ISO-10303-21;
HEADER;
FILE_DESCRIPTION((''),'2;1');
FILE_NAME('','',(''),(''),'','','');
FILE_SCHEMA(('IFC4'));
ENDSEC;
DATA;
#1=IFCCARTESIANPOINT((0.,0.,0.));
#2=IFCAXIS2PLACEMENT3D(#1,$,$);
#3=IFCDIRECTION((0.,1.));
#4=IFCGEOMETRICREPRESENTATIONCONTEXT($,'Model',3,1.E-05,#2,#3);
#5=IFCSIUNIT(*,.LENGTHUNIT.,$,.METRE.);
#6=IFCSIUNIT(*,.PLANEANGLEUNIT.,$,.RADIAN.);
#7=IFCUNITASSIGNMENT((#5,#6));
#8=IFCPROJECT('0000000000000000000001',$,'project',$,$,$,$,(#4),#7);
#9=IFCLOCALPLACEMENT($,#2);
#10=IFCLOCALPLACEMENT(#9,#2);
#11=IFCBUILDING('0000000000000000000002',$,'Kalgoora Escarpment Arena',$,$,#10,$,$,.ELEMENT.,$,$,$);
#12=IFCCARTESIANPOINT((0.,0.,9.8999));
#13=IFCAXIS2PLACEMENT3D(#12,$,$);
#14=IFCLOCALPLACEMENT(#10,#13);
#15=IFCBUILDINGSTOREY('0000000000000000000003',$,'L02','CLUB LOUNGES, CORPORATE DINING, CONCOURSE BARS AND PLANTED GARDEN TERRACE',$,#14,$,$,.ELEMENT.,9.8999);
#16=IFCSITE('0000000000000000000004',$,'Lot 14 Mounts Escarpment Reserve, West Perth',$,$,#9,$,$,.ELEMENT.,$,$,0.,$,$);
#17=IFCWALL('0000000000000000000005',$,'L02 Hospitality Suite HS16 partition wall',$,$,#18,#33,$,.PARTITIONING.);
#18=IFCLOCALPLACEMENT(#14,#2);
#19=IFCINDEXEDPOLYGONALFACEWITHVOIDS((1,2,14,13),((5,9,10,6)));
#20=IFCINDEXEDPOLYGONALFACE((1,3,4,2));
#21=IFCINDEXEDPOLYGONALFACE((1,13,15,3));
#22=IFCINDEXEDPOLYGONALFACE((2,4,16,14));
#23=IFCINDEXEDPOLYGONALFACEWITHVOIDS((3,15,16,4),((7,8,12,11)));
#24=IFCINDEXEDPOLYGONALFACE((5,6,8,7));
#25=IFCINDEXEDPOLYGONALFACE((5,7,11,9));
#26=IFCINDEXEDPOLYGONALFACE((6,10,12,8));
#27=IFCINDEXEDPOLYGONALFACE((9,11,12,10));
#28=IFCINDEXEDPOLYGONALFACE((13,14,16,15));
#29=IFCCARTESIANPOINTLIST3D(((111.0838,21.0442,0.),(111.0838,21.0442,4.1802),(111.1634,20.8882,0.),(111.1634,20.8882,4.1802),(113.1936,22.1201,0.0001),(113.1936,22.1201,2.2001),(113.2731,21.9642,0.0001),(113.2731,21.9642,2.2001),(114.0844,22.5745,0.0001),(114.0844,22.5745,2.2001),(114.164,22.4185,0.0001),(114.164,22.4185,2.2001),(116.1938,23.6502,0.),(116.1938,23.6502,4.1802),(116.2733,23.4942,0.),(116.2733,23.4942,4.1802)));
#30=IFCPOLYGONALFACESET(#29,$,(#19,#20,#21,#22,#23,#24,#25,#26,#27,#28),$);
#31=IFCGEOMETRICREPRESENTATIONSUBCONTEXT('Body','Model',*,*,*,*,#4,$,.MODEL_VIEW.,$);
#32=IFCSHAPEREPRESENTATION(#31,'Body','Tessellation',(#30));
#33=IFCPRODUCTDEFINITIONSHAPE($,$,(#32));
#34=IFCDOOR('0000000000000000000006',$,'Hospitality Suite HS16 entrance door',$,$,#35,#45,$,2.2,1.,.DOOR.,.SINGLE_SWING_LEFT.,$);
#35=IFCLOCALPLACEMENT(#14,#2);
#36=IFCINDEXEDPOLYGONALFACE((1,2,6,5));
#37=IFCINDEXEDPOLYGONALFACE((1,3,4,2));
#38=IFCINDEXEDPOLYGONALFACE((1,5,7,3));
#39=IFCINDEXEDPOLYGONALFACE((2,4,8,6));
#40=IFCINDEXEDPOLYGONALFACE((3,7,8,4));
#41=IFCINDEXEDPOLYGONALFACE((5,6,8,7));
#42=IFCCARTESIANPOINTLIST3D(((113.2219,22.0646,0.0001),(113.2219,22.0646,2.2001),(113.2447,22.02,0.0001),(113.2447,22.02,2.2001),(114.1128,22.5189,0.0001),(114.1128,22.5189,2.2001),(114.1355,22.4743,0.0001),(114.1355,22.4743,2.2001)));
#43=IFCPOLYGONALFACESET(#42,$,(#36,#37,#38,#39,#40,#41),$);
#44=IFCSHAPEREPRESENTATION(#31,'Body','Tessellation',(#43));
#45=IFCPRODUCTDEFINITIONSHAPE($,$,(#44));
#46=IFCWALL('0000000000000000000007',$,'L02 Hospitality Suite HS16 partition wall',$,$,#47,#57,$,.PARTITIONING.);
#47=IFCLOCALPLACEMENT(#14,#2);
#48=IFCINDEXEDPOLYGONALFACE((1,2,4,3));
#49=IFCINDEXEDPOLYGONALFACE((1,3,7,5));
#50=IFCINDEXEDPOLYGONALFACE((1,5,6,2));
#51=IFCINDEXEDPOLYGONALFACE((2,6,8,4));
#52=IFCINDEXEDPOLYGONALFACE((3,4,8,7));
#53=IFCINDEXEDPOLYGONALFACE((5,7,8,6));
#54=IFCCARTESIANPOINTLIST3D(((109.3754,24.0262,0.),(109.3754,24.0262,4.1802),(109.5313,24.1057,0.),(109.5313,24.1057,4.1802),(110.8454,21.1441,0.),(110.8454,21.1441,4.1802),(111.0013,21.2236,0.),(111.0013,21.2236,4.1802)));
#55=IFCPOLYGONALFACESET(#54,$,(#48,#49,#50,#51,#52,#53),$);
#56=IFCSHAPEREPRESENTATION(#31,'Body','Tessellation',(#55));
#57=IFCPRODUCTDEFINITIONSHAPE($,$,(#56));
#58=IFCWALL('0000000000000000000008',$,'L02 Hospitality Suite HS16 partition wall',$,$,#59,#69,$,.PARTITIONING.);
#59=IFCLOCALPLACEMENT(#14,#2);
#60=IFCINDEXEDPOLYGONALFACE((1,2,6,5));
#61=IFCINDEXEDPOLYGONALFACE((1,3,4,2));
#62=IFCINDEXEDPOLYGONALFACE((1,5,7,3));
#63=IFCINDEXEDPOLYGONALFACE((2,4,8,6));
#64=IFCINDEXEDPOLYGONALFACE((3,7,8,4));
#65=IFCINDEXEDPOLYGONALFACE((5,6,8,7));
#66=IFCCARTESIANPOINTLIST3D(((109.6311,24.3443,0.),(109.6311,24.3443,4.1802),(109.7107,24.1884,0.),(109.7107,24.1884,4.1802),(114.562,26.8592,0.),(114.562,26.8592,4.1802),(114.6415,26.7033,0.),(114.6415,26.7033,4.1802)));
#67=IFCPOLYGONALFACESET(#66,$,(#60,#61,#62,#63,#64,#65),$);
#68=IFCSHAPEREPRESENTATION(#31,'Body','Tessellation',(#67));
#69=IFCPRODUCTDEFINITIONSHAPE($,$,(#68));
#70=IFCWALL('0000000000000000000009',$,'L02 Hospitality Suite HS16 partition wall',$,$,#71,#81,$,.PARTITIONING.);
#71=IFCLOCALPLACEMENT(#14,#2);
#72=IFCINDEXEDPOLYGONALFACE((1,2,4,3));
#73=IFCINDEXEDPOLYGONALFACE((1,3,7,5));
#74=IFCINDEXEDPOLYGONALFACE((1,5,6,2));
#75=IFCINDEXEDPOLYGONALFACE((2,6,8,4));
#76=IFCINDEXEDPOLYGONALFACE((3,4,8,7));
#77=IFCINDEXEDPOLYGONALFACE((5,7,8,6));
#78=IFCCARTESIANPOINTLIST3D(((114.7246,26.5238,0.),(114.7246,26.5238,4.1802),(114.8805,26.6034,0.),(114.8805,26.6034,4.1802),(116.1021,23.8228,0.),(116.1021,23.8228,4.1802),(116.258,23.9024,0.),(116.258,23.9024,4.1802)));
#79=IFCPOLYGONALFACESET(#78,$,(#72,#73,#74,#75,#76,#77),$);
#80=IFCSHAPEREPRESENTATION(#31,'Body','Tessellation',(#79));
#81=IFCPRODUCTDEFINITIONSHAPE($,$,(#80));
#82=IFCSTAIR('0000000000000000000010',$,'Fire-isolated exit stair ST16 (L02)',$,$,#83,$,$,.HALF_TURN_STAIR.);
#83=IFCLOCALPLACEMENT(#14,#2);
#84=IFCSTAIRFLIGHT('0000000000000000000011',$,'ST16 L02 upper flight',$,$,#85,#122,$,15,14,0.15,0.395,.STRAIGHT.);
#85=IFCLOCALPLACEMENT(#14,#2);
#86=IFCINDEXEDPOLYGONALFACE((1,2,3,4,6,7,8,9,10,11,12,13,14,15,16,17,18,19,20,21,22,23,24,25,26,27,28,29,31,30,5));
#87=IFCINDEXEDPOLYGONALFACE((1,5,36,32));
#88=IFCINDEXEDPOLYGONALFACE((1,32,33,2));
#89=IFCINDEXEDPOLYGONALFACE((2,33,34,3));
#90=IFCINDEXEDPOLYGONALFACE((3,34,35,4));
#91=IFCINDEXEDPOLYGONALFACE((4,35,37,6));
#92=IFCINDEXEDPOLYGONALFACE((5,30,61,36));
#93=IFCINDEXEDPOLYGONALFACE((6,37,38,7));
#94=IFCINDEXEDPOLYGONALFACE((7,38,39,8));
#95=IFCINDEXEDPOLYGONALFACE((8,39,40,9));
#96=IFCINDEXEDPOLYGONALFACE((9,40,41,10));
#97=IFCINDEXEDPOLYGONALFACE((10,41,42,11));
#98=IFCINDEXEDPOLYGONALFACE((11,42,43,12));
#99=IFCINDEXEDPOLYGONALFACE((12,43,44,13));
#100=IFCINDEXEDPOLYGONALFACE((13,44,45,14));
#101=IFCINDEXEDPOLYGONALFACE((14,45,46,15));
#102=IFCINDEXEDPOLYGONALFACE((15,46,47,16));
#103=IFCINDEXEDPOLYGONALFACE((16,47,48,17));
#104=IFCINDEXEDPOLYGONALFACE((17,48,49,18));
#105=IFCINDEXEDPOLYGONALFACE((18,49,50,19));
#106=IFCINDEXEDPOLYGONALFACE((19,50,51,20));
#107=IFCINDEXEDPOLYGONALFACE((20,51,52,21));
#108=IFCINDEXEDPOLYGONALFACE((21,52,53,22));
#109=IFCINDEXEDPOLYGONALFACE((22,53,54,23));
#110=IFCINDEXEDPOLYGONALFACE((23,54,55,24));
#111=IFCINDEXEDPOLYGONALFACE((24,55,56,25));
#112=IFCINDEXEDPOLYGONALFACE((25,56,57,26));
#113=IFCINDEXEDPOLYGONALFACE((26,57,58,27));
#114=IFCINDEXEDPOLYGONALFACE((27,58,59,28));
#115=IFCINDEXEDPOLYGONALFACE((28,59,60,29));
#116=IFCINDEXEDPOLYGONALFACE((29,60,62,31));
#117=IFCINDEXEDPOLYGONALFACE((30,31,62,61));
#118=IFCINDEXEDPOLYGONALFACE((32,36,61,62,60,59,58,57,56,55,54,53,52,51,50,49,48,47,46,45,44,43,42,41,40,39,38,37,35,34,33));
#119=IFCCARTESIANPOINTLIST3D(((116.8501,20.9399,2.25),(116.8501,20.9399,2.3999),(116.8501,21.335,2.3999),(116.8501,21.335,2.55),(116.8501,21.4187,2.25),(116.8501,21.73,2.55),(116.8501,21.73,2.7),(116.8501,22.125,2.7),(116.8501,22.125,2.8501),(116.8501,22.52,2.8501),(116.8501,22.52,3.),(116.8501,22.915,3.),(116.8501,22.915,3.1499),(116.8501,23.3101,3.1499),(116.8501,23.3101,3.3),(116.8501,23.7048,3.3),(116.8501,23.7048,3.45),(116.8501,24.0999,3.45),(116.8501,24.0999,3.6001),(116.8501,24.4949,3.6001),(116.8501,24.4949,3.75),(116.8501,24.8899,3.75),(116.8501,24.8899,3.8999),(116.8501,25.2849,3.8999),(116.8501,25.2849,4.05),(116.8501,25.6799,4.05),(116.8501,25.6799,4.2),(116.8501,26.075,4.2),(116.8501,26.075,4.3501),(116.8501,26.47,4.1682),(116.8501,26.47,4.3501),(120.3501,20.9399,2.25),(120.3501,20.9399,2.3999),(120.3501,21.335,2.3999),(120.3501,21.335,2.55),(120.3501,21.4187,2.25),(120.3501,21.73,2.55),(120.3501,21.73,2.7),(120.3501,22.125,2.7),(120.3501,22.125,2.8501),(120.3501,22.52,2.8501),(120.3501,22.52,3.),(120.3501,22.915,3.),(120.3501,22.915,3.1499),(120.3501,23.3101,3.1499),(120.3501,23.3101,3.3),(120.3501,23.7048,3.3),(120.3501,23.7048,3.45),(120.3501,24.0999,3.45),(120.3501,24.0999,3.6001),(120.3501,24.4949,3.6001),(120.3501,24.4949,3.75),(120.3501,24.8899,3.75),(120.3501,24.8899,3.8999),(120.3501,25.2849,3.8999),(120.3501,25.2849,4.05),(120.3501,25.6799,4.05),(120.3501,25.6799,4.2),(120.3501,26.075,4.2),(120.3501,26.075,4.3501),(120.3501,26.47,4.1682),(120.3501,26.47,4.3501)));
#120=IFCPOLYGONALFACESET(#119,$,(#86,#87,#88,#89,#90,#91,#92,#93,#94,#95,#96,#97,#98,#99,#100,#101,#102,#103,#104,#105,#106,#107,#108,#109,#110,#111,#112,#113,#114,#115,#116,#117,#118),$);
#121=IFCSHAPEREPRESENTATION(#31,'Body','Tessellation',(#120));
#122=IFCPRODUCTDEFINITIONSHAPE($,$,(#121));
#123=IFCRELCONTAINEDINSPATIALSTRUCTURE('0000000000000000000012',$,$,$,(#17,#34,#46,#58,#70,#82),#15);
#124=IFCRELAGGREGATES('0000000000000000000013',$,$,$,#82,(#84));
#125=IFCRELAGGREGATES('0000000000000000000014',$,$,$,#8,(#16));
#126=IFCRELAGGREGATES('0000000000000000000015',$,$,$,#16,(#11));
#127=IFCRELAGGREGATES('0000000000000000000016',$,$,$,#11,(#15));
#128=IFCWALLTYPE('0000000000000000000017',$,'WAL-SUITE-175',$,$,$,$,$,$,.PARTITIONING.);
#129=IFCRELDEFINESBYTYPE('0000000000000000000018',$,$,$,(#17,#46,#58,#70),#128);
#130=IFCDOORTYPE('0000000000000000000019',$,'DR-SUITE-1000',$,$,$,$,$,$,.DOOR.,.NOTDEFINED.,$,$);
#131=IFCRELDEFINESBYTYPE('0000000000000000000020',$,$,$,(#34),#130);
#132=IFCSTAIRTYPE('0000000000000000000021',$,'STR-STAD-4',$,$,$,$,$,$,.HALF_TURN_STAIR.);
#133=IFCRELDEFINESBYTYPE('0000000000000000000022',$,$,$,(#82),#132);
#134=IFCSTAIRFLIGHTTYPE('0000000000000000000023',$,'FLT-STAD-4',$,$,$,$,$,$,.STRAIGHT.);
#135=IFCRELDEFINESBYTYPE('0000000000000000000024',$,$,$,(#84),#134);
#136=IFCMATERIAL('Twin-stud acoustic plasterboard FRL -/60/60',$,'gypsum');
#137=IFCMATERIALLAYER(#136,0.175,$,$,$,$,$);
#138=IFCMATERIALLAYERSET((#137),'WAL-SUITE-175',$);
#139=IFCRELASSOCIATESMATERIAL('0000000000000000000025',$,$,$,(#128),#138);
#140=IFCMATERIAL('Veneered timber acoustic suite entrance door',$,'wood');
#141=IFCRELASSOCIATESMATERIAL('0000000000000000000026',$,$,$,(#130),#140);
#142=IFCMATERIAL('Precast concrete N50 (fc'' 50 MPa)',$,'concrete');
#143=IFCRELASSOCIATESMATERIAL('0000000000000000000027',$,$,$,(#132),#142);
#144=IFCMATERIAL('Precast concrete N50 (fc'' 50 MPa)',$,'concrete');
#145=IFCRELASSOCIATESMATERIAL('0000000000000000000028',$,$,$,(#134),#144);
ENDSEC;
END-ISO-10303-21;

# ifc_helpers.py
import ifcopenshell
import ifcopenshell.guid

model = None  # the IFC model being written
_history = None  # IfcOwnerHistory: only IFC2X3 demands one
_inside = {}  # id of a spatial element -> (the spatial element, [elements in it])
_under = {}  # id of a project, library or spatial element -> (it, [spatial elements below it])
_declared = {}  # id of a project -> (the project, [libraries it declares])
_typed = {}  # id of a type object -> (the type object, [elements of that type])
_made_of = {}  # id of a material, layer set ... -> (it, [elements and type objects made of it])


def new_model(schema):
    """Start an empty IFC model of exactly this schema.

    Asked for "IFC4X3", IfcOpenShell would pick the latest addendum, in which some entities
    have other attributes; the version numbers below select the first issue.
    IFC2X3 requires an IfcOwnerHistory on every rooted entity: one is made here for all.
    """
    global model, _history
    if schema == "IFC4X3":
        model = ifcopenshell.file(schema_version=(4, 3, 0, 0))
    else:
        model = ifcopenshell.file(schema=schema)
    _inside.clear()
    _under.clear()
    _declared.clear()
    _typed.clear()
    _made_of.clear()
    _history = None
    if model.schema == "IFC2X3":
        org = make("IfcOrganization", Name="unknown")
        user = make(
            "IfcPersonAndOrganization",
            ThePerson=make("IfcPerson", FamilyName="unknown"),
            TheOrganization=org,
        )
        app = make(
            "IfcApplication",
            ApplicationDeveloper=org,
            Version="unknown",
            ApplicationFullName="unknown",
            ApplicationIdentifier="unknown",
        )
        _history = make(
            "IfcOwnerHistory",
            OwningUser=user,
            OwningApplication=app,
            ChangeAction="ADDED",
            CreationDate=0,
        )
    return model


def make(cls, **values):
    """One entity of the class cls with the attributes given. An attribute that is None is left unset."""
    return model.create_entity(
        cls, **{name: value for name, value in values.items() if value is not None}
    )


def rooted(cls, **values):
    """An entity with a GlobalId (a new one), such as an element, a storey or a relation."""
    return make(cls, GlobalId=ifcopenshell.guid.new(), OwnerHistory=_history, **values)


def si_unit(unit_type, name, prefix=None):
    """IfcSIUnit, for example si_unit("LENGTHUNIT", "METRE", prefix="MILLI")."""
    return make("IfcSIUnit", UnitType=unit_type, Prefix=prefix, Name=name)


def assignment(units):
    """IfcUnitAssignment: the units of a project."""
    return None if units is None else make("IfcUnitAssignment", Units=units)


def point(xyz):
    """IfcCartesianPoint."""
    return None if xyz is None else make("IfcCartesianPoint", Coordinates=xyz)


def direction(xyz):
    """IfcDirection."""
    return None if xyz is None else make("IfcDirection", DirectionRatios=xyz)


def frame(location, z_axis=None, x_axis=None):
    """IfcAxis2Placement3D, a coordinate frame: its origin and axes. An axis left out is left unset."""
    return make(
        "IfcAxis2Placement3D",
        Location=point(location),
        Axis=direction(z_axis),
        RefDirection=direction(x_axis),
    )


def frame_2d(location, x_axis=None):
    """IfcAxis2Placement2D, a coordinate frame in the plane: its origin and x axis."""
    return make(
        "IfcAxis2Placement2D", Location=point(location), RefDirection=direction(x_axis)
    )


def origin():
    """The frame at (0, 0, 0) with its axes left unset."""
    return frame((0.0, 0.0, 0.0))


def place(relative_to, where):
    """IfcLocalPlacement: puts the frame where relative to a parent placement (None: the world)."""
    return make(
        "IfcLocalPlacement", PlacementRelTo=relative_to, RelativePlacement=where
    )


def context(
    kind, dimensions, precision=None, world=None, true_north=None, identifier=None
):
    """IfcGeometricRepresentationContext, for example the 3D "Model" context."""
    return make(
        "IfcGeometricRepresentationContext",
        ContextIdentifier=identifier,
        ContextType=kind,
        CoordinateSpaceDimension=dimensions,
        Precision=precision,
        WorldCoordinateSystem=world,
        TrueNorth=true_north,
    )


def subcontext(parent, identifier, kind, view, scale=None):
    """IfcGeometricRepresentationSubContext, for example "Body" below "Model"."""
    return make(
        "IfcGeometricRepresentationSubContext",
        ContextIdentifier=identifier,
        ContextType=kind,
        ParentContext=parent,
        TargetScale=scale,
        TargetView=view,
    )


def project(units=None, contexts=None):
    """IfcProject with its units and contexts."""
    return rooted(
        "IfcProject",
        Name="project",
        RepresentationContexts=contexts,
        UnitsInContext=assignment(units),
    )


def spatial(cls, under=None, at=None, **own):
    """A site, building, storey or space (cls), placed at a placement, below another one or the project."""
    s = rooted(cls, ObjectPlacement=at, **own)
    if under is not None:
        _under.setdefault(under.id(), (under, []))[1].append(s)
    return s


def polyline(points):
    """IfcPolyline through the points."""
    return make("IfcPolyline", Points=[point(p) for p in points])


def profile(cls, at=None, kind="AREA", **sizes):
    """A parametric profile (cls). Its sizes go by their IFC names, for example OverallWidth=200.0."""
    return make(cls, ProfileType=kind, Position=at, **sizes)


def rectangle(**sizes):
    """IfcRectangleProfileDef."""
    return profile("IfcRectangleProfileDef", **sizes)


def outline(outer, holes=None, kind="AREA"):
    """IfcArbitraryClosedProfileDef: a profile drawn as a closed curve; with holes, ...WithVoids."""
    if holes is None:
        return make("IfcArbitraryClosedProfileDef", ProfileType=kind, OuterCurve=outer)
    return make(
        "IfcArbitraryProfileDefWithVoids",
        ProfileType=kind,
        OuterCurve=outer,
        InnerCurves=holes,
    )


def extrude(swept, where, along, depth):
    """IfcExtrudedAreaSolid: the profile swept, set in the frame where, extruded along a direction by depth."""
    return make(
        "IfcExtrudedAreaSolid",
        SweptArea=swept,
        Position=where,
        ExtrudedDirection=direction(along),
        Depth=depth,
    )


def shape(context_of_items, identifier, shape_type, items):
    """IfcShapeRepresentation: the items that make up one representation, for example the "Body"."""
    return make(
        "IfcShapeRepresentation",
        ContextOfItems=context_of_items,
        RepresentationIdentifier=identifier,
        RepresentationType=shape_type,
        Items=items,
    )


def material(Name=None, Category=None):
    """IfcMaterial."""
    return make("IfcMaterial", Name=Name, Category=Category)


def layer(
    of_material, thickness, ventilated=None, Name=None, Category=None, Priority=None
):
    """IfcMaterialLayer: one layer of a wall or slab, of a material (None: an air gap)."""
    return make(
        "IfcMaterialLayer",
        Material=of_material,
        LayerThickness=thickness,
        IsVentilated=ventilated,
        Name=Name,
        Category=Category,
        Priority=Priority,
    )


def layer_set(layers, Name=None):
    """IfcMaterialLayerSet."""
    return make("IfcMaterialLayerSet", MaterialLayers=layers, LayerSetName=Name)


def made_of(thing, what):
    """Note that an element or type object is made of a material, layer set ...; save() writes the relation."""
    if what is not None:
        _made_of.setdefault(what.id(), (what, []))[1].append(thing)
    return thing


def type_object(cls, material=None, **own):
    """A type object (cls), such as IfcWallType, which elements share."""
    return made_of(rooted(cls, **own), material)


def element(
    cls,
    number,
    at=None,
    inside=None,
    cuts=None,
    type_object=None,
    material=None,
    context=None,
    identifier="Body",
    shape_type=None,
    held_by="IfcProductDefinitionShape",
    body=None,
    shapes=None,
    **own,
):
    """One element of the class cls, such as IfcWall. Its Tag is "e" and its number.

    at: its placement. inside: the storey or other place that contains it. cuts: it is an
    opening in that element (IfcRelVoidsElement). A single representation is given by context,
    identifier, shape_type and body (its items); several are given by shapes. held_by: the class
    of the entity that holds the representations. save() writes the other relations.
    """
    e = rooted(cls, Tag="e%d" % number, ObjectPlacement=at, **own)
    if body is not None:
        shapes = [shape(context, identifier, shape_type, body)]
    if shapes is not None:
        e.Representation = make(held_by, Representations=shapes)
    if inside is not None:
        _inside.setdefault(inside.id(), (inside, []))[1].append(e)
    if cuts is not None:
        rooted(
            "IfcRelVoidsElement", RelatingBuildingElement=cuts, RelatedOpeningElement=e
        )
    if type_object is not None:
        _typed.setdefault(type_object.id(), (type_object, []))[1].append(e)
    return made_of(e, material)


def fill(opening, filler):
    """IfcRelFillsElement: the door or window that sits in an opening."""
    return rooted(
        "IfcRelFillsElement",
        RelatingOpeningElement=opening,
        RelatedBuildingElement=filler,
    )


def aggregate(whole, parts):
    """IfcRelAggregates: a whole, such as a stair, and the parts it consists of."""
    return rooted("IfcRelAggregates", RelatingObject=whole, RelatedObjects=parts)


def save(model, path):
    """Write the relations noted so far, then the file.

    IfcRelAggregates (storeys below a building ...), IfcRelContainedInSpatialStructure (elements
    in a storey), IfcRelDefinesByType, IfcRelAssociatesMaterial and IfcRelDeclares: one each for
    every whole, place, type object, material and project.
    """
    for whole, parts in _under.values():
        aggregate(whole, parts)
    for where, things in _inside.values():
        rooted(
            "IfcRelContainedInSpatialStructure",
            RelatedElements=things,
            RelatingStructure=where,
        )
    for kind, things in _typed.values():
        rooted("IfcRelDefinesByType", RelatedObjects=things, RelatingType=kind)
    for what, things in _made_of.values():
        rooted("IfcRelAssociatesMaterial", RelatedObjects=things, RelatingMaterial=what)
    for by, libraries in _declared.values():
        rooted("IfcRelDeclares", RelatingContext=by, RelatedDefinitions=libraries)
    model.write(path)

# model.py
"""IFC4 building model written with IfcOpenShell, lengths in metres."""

from ifc_helpers import new_model, si_unit, direction, frame, frame_2d, origin, place, context, subcontext, project, spatial, polyline, rectangle, outline, extrude, material, layer, layer_set, type_object, element, fill, aggregate, save


model = new_model("IFC4")

# Units and contexts
model_context = context("Model", 3, precision=1e-05, world=origin(), true_north=direction((0.0, 1.0)))
body_context = subcontext(model_context, "Body", "Model", "MODEL_VIEW")
ifc_project = project(units=[si_unit("LENGTHUNIT", "METRE"), si_unit("PLANEANGLEUNIT", "RADIAN")], contexts=[model_context])

# Site, building, storey
site_placement = place(None, origin())
site = spatial("IfcSite", under=ifc_project, at=site_placement, Name="Lot 14 Mounts Escarpment Reserve, West Perth", CompositionType="ELEMENT", RefElevation=0.0)
building_placement = place(site_placement, origin())
building = spatial("IfcBuilding", under=site, at=building_placement, Name="Kalgoora Escarpment Arena", CompositionType="ELEMENT")
storey_placement = place(building_placement, frame((0.0, 0.0, 9.8999)))
storey = spatial("IfcBuildingStorey", under=building, at=storey_placement, Name="L02", Description="CLUB LOUNGES, CORPORATE DINING, CONCOURSE BARS AND PLANTED GARDEN TERRACE", CompositionType="ELEMENT", Elevation=9.8999)

# Wall, opening, door
ifc_material_1 = material(Name="Twin-stud acoustic plasterboard FRL -/60/60", Category="gypsum")
ifc_layer_1 = layer(ifc_material_1, 0.175)
ifc_layer_set_1 = layer_set([ifc_layer_1], Name="WAL-SUITE-175")
wall_type_1 = type_object("IfcWallType", Name="WAL-SUITE-175", PredefinedType="PARTITIONING", material=ifc_layer_set_1)
wall_1_placement = place(storey_placement, frame((116.2336, 23.5723, 0.0), z_axis=(0.0, 0.0, 1.0), x_axis=(-0.890841, -0.454316, 0.0)))
wall_1 = element("IfcWall", 1, at=wall_1_placement, inside=storey, type_object=wall_type_1, Name="L02 Hospitality Suite HS16 partition wall", PredefinedType="PARTITIONING", context=body_context, shape_type="SweptSolid", body=[
    extrude(rectangle(XDim=5.7361, YDim=0.175, at=frame_2d((2.8682, 0.0))), origin(), (0.0, 0.0, 1.0), 4.1802),
])
opening_1_placement = place(wall_1_placement, frame((2.3679, 0.0, 0.0)))
opening_1 = element("IfcOpeningElement", 2, at=opening_1_placement, cuts=wall_1, PredefinedType="OPENING", context=body_context, shape_type="SweptSolid", body=[
    extrude(rectangle(XDim=1.0, YDim=2.2, at=frame_2d((0.5, 1.1001))), frame((0.0, 0.0974, 0.0), z_axis=(0.0, -1.0, 0.0), x_axis=(1.0, 0.0, 0.0)), (0.0, 0.0, 1.0), 0.1951),
])
ifc_material_2 = material(Name="Veneered timber acoustic suite entrance door", Category="wood")
door_type_1 = type_object("IfcDoorType", Name="DR-SUITE-1000", OperationType="NOTDEFINED", PredefinedType="DOOR", material=ifc_material_2)
door_1_placement = place(opening_1_placement, origin())
door_1 = element("IfcDoor", 3, at=door_1_placement, inside=storey, type_object=door_type_1, Name="Hospitality Suite HS16 entrance door", OperationType="SINGLE_SWING_LEFT", OverallHeight=2.2, OverallWidth=1.0, PredefinedType="DOOR", context=body_context, shape_type="SweptSolid", body=[
    extrude(rectangle(XDim=1.0, YDim=2.2, at=frame_2d((0.5, 1.1001))), frame((0.0, 0.0249, 0.0), z_axis=(0.0, -1.0, 0.0), x_axis=(1.0, 0.0, 0.0)), (0.0, 0.0, 1.0), 0.05),
])
fill(opening_1, door_1)

# Walls
wall_2_placement = place(storey_placement, frame((110.9233, 21.1838, 0.0), z_axis=(0.0, 0.0, 1.0), x_axis=(-0.454353, 0.890822, 0.0)))
element("IfcWall", 4, at=wall_2_placement, inside=storey, type_object=wall_type_1, Name="L02 Hospitality Suite HS16 partition wall", PredefinedType="PARTITIONING", context=body_context, shape_type="SweptSolid", body=[
    extrude(rectangle(XDim=3.2354, YDim=0.175, at=frame_2d((1.6177, 0.0))), origin(), (0.0, 0.0, 1.0), 4.1802),
])
wall_3_placement = place(storey_placement, frame((109.6709, 24.2664, 0.0), z_axis=(0.0, 0.0, 1.0), x_axis=(0.890826, 0.454345, 0.0)))
element("IfcWall", 5, at=wall_3_placement, inside=storey, type_object=wall_type_1, Name="L02 Hospitality Suite HS16 partition wall", PredefinedType="PARTITIONING", context=body_context, shape_type="SweptSolid", body=[
    extrude(rectangle(XDim=5.5352, YDim=0.175, at=frame_2d((2.7676, 0.0))), origin(), (0.0, 0.0, 1.0), 4.1802),
])
wall_4_placement = place(storey_placement, frame((114.8025, 26.5637, 0.0), z_axis=(0.0, 0.0, 1.0), x_axis=(0.454318, -0.89084, 0.0)))
element("IfcWall", 6, at=wall_4_placement, inside=storey, type_object=wall_type_1, Name="L02 Hospitality Suite HS16 partition wall", PredefinedType="PARTITIONING", context=body_context, shape_type="SweptSolid", body=[
    extrude(rectangle(XDim=3.032, YDim=0.175, at=frame_2d((1.5161, 0.0))), origin(), (0.0, 0.0, 1.0), 4.1802),
])

# Stair, stair flight
ifc_material_3 = material(Name="Precast concrete N50 (fc' 50 MPa)", Category="concrete")
stair_type = type_object("IfcStairType", Name="STR-STAD-4", PredefinedType="HALF_TURN_STAIR", material=ifc_material_3)
stair_placement = place(storey_placement, origin())
stair = element("IfcStair", 7, at=stair_placement, inside=storey, type_object=stair_type, Name="Fire-isolated exit stair ST16 (L02)", PredefinedType="HALF_TURN_STAIR")
ifc_material_4 = material(Name="Precast concrete N50 (fc' 50 MPa)", Category="concrete")
stair_flight_type = type_object("IfcStairFlightType", Name="FLT-STAD-4", PredefinedType="STRAIGHT", material=ifc_material_4)
stair_flight_placement = place(storey_placement, frame((118.6001, 20.9399, 2.25), z_axis=(0.0, 0.0, 1.0), x_axis=(0.0, 1.0, 0.0)))
stair_flight = element("IfcStairFlight", 8, at=stair_flight_placement, type_object=stair_flight_type, Name="ST16 L02 upper flight", NumberOfRisers=15, NumberOfTreads=14, PredefinedType="STRAIGHT", RiserHeight=0.15, TreadLength=0.395, context=body_context, shape_type="SweptSolid", body=[
    extrude(outline(polyline([(0.0, 0.0), (0.0, 0.1499), (0.395, 0.1499), (0.395, 0.3), (0.79, 0.3), (0.79, 0.45), (1.1851, 0.45), (1.1851, 0.6001), (1.5801, 0.6001), (1.5801, 0.75), (1.9751, 0.75), (1.9751, 0.8999), (2.3701, 0.8999), (2.3701, 1.05), (2.7649, 1.05), (2.7649, 1.2), (3.1599, 1.2), (3.1599, 1.3501), (3.5549, 1.3501), (3.5549, 1.5), (3.95, 1.5), (3.95, 1.6499), (4.345, 1.6499), (4.345, 1.8), (4.74, 1.8), (4.74, 1.95), (5.135, 1.95), (5.135, 2.1001), (5.53, 2.1001), (5.53, 2.25), (5.53, 1.9182), (0.4788, 0.0), (0.0, 0.0)])), frame((0.0, 1.75, 0.0), z_axis=(0.0, -1.0, 0.0), x_axis=(1.0, 0.0, 0.0)), (0.0, 0.0, 1.0), 3.5),
])
aggregate(stair, [stair_flight])

save(model, "model.ifc")
